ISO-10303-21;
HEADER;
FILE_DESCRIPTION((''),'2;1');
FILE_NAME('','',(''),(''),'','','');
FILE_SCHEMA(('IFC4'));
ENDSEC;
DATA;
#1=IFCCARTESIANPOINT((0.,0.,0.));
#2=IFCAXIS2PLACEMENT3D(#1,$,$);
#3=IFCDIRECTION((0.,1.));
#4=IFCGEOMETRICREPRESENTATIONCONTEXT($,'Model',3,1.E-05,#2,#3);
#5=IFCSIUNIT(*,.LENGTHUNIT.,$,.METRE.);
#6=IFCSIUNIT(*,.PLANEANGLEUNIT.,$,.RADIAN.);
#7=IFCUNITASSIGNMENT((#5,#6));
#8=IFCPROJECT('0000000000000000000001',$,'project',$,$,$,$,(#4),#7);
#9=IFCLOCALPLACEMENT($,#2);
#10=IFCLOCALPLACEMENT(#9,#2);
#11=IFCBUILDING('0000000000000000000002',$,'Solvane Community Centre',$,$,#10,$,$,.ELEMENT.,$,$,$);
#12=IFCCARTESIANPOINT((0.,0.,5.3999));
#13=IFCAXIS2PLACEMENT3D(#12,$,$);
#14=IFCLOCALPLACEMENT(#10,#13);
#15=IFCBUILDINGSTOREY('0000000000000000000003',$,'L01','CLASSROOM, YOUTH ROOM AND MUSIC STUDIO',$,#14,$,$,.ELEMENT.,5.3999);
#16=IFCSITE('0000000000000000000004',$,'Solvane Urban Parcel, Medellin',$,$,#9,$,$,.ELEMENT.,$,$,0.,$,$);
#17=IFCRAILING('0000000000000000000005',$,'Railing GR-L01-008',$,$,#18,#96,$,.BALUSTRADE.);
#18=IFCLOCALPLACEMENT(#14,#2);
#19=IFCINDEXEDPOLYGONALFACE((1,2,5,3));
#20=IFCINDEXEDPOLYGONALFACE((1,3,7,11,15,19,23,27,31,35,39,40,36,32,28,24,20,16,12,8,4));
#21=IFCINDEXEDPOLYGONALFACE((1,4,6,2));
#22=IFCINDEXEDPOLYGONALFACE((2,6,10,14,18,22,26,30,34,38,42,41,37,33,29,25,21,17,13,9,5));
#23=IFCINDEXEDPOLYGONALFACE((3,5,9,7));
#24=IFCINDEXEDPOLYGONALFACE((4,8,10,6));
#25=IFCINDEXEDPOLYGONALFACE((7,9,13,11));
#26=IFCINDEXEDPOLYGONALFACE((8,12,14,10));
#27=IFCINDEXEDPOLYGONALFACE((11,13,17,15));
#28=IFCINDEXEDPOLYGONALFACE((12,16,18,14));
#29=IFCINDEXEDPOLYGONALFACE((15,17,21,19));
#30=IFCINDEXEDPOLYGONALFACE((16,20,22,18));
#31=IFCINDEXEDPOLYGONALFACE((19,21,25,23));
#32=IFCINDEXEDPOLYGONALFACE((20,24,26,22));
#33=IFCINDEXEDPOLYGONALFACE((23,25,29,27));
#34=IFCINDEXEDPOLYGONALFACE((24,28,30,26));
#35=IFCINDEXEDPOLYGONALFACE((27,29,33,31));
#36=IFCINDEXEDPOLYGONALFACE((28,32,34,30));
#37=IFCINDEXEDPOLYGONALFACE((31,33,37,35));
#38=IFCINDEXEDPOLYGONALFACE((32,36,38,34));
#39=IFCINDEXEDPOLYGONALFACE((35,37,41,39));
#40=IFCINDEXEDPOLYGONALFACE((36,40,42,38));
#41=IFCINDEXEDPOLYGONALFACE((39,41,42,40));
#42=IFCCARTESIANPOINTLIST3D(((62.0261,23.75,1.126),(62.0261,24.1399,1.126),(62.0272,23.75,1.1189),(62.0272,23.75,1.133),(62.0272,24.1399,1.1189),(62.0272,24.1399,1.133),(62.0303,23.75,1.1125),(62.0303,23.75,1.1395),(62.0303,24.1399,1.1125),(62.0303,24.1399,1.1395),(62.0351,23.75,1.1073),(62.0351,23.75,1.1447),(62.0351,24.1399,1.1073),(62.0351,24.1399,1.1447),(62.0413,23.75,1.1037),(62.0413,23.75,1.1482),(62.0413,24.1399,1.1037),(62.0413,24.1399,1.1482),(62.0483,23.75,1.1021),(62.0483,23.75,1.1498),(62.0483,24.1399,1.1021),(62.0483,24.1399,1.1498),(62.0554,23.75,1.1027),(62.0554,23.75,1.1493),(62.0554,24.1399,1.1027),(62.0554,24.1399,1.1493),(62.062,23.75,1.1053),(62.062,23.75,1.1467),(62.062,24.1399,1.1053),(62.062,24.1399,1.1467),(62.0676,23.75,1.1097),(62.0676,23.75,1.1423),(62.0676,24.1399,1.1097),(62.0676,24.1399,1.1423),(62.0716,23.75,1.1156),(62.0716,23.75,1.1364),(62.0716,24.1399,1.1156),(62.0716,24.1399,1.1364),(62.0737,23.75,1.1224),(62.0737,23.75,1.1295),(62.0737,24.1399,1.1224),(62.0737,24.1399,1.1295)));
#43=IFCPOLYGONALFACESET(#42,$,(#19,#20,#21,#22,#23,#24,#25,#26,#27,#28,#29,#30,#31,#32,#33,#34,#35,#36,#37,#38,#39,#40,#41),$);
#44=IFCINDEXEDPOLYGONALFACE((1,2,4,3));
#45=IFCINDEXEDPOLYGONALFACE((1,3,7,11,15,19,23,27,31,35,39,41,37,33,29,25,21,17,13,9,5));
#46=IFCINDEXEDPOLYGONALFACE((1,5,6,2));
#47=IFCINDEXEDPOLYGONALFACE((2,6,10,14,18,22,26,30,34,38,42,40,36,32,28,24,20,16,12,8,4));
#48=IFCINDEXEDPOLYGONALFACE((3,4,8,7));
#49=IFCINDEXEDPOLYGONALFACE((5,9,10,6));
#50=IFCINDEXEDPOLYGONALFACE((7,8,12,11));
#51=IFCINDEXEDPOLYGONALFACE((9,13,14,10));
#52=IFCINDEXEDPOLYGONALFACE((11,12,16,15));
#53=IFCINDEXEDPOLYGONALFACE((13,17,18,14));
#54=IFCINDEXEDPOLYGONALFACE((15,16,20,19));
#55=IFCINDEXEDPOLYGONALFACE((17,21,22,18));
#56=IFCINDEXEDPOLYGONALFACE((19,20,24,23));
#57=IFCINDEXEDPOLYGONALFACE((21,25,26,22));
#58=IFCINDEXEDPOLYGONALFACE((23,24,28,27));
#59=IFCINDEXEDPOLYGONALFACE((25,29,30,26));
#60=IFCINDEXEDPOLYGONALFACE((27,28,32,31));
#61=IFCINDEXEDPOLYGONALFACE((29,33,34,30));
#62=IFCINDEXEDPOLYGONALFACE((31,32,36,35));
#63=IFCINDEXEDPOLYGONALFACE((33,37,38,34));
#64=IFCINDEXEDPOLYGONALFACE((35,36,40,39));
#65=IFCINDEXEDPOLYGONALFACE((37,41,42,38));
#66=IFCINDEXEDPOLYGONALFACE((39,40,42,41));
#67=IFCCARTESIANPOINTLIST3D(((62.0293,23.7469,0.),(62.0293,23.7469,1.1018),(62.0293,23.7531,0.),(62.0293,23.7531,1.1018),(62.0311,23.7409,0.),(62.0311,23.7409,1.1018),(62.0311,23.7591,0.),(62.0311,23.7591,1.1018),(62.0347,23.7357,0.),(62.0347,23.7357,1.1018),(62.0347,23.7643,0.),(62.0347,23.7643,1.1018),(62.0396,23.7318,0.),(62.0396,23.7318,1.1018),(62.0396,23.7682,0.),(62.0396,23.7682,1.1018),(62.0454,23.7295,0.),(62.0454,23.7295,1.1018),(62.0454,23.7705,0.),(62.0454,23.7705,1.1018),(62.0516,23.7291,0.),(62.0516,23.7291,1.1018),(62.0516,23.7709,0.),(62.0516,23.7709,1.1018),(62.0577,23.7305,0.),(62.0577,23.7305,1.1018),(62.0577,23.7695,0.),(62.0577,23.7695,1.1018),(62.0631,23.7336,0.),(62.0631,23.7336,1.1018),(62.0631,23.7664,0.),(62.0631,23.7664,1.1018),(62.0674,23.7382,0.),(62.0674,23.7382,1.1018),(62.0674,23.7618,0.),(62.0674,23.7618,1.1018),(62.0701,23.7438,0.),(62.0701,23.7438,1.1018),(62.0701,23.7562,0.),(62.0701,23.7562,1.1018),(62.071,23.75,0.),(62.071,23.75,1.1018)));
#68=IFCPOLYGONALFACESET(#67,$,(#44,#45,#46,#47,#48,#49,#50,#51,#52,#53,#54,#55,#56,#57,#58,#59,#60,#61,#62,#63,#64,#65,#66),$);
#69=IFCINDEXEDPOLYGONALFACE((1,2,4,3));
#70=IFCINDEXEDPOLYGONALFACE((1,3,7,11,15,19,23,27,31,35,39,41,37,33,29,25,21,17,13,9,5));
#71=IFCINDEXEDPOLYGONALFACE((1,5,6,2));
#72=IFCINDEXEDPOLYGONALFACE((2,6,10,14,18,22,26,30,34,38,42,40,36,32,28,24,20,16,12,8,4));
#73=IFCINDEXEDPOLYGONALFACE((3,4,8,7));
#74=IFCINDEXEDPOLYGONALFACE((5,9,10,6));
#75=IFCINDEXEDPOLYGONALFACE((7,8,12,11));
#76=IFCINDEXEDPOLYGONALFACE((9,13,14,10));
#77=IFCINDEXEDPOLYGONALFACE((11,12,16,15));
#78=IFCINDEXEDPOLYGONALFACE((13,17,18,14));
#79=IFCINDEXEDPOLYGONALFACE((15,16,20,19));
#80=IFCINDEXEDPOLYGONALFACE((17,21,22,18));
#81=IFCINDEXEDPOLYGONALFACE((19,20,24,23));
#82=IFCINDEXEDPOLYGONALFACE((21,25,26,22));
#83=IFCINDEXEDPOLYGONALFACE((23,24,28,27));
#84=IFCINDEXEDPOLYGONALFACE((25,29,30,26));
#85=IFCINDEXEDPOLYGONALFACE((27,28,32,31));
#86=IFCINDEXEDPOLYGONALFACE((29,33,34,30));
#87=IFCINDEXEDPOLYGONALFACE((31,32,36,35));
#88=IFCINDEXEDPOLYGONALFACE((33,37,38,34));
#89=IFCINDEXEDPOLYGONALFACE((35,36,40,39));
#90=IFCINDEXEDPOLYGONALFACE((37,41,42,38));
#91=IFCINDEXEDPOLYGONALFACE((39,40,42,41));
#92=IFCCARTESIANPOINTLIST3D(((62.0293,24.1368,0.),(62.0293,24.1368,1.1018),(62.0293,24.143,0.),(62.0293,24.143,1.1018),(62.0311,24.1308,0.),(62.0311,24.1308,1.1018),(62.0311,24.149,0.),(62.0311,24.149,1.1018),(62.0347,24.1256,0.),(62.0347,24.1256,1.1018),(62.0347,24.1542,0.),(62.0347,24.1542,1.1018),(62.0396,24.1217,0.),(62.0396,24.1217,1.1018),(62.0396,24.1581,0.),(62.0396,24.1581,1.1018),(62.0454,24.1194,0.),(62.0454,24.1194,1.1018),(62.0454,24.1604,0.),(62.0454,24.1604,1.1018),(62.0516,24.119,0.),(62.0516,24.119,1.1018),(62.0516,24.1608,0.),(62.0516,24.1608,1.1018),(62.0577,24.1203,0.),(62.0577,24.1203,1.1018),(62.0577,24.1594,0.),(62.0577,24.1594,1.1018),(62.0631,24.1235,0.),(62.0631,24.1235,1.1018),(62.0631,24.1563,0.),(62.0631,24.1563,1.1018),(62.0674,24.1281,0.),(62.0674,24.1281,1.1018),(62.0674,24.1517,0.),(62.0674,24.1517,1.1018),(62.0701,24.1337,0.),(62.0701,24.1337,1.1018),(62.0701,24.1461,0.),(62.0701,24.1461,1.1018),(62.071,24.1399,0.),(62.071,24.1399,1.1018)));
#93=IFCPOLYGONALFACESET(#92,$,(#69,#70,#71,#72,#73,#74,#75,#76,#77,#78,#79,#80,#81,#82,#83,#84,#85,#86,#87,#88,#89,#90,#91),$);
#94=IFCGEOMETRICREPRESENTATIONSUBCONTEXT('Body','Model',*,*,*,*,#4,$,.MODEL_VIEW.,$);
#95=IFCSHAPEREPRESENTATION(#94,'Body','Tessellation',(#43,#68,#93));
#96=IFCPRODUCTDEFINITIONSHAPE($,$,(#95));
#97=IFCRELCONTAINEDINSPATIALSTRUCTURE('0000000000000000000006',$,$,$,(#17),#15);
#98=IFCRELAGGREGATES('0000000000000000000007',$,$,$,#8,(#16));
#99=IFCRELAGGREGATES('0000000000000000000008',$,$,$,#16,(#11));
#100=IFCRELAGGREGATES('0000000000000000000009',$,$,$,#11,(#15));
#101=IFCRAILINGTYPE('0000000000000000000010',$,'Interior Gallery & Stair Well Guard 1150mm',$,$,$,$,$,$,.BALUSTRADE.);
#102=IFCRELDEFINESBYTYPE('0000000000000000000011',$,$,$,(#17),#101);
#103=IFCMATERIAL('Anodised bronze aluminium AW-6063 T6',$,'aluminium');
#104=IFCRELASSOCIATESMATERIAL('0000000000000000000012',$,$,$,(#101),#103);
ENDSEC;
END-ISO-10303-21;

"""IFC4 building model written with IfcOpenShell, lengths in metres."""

from ifc_helpers import new_model, si_unit, direction, frame, origin, origin_2d, place, context, subcontext, project, spatial, circle, extrude, material, type_object, element, save


model = new_model("IFC4")

# Units and contexts
model_context = context("Model", 3, precision=1e-05, world=origin(), true_north=direction((0.0, 1.0)))
body_context = subcontext(model_context, "Body", "Model", "MODEL_VIEW")
ifc_project = project(units=[si_unit("LENGTHUNIT", "METRE"), si_unit("PLANEANGLEUNIT", "RADIAN")], contexts=[model_context])

# Site, building, storey
site_placement = place(None, origin())
site = spatial("IfcSite", under=ifc_project, at=site_placement, Name="Solvane Urban Parcel, Medellin", CompositionType="ELEMENT", RefElevation=0.0)
building_placement = place(site_placement, origin())
building = spatial("IfcBuilding", under=site, at=building_placement, Name="Solvane Community Centre", CompositionType="ELEMENT")
storey_placement = place(building_placement, frame((0.0, 0.0, 5.3999)))
storey = spatial("IfcBuildingStorey", under=building, at=storey_placement, Name="L01", Description="CLASSROOM, YOUTH ROOM AND MUSIC STUDIO", CompositionType="ELEMENT", Elevation=5.3999)

# Shared definitions
ifc_material_1 = material(Name="Anodised bronze aluminium AW-6063 T6", Category="aluminium")

# Railing
railing_type_1 = type_object("IfcRailingType", Name="Interior Gallery & Stair Well Guard 1150mm", PredefinedType="BALUSTRADE", material=ifc_material_1)
railing_1_placement = place(storey_placement, frame((62.05, 23.75, 0.0)))
element("IfcRailing", 1, at=railing_1_placement, inside=storey, type_object=railing_type_1, Name="Railing GR-L01-008", PredefinedType="BALUSTRADE", context=body_context, shape_type="SweptSolid", body=[
    extrude(circle(Radius=0.0239, at=origin_2d()), frame((0.0, 0.0, 1.126), z_axis=(0.0, 1.0, 0.0), x_axis=(-1.0, 0.0, 0.0)), (0.0, 0.0, 1.0), 0.3899),
    extrude(circle(Radius=0.021, at=origin_2d()), origin(), (0.0, 0.0, 1.0), 1.1018),
    extrude(circle(Radius=0.021, at=origin_2d()), frame((0.0, 0.3899, 0.0)), (0.0, 0.0, 1.0), 1.1018),
])

save(model, "model.ifc")
